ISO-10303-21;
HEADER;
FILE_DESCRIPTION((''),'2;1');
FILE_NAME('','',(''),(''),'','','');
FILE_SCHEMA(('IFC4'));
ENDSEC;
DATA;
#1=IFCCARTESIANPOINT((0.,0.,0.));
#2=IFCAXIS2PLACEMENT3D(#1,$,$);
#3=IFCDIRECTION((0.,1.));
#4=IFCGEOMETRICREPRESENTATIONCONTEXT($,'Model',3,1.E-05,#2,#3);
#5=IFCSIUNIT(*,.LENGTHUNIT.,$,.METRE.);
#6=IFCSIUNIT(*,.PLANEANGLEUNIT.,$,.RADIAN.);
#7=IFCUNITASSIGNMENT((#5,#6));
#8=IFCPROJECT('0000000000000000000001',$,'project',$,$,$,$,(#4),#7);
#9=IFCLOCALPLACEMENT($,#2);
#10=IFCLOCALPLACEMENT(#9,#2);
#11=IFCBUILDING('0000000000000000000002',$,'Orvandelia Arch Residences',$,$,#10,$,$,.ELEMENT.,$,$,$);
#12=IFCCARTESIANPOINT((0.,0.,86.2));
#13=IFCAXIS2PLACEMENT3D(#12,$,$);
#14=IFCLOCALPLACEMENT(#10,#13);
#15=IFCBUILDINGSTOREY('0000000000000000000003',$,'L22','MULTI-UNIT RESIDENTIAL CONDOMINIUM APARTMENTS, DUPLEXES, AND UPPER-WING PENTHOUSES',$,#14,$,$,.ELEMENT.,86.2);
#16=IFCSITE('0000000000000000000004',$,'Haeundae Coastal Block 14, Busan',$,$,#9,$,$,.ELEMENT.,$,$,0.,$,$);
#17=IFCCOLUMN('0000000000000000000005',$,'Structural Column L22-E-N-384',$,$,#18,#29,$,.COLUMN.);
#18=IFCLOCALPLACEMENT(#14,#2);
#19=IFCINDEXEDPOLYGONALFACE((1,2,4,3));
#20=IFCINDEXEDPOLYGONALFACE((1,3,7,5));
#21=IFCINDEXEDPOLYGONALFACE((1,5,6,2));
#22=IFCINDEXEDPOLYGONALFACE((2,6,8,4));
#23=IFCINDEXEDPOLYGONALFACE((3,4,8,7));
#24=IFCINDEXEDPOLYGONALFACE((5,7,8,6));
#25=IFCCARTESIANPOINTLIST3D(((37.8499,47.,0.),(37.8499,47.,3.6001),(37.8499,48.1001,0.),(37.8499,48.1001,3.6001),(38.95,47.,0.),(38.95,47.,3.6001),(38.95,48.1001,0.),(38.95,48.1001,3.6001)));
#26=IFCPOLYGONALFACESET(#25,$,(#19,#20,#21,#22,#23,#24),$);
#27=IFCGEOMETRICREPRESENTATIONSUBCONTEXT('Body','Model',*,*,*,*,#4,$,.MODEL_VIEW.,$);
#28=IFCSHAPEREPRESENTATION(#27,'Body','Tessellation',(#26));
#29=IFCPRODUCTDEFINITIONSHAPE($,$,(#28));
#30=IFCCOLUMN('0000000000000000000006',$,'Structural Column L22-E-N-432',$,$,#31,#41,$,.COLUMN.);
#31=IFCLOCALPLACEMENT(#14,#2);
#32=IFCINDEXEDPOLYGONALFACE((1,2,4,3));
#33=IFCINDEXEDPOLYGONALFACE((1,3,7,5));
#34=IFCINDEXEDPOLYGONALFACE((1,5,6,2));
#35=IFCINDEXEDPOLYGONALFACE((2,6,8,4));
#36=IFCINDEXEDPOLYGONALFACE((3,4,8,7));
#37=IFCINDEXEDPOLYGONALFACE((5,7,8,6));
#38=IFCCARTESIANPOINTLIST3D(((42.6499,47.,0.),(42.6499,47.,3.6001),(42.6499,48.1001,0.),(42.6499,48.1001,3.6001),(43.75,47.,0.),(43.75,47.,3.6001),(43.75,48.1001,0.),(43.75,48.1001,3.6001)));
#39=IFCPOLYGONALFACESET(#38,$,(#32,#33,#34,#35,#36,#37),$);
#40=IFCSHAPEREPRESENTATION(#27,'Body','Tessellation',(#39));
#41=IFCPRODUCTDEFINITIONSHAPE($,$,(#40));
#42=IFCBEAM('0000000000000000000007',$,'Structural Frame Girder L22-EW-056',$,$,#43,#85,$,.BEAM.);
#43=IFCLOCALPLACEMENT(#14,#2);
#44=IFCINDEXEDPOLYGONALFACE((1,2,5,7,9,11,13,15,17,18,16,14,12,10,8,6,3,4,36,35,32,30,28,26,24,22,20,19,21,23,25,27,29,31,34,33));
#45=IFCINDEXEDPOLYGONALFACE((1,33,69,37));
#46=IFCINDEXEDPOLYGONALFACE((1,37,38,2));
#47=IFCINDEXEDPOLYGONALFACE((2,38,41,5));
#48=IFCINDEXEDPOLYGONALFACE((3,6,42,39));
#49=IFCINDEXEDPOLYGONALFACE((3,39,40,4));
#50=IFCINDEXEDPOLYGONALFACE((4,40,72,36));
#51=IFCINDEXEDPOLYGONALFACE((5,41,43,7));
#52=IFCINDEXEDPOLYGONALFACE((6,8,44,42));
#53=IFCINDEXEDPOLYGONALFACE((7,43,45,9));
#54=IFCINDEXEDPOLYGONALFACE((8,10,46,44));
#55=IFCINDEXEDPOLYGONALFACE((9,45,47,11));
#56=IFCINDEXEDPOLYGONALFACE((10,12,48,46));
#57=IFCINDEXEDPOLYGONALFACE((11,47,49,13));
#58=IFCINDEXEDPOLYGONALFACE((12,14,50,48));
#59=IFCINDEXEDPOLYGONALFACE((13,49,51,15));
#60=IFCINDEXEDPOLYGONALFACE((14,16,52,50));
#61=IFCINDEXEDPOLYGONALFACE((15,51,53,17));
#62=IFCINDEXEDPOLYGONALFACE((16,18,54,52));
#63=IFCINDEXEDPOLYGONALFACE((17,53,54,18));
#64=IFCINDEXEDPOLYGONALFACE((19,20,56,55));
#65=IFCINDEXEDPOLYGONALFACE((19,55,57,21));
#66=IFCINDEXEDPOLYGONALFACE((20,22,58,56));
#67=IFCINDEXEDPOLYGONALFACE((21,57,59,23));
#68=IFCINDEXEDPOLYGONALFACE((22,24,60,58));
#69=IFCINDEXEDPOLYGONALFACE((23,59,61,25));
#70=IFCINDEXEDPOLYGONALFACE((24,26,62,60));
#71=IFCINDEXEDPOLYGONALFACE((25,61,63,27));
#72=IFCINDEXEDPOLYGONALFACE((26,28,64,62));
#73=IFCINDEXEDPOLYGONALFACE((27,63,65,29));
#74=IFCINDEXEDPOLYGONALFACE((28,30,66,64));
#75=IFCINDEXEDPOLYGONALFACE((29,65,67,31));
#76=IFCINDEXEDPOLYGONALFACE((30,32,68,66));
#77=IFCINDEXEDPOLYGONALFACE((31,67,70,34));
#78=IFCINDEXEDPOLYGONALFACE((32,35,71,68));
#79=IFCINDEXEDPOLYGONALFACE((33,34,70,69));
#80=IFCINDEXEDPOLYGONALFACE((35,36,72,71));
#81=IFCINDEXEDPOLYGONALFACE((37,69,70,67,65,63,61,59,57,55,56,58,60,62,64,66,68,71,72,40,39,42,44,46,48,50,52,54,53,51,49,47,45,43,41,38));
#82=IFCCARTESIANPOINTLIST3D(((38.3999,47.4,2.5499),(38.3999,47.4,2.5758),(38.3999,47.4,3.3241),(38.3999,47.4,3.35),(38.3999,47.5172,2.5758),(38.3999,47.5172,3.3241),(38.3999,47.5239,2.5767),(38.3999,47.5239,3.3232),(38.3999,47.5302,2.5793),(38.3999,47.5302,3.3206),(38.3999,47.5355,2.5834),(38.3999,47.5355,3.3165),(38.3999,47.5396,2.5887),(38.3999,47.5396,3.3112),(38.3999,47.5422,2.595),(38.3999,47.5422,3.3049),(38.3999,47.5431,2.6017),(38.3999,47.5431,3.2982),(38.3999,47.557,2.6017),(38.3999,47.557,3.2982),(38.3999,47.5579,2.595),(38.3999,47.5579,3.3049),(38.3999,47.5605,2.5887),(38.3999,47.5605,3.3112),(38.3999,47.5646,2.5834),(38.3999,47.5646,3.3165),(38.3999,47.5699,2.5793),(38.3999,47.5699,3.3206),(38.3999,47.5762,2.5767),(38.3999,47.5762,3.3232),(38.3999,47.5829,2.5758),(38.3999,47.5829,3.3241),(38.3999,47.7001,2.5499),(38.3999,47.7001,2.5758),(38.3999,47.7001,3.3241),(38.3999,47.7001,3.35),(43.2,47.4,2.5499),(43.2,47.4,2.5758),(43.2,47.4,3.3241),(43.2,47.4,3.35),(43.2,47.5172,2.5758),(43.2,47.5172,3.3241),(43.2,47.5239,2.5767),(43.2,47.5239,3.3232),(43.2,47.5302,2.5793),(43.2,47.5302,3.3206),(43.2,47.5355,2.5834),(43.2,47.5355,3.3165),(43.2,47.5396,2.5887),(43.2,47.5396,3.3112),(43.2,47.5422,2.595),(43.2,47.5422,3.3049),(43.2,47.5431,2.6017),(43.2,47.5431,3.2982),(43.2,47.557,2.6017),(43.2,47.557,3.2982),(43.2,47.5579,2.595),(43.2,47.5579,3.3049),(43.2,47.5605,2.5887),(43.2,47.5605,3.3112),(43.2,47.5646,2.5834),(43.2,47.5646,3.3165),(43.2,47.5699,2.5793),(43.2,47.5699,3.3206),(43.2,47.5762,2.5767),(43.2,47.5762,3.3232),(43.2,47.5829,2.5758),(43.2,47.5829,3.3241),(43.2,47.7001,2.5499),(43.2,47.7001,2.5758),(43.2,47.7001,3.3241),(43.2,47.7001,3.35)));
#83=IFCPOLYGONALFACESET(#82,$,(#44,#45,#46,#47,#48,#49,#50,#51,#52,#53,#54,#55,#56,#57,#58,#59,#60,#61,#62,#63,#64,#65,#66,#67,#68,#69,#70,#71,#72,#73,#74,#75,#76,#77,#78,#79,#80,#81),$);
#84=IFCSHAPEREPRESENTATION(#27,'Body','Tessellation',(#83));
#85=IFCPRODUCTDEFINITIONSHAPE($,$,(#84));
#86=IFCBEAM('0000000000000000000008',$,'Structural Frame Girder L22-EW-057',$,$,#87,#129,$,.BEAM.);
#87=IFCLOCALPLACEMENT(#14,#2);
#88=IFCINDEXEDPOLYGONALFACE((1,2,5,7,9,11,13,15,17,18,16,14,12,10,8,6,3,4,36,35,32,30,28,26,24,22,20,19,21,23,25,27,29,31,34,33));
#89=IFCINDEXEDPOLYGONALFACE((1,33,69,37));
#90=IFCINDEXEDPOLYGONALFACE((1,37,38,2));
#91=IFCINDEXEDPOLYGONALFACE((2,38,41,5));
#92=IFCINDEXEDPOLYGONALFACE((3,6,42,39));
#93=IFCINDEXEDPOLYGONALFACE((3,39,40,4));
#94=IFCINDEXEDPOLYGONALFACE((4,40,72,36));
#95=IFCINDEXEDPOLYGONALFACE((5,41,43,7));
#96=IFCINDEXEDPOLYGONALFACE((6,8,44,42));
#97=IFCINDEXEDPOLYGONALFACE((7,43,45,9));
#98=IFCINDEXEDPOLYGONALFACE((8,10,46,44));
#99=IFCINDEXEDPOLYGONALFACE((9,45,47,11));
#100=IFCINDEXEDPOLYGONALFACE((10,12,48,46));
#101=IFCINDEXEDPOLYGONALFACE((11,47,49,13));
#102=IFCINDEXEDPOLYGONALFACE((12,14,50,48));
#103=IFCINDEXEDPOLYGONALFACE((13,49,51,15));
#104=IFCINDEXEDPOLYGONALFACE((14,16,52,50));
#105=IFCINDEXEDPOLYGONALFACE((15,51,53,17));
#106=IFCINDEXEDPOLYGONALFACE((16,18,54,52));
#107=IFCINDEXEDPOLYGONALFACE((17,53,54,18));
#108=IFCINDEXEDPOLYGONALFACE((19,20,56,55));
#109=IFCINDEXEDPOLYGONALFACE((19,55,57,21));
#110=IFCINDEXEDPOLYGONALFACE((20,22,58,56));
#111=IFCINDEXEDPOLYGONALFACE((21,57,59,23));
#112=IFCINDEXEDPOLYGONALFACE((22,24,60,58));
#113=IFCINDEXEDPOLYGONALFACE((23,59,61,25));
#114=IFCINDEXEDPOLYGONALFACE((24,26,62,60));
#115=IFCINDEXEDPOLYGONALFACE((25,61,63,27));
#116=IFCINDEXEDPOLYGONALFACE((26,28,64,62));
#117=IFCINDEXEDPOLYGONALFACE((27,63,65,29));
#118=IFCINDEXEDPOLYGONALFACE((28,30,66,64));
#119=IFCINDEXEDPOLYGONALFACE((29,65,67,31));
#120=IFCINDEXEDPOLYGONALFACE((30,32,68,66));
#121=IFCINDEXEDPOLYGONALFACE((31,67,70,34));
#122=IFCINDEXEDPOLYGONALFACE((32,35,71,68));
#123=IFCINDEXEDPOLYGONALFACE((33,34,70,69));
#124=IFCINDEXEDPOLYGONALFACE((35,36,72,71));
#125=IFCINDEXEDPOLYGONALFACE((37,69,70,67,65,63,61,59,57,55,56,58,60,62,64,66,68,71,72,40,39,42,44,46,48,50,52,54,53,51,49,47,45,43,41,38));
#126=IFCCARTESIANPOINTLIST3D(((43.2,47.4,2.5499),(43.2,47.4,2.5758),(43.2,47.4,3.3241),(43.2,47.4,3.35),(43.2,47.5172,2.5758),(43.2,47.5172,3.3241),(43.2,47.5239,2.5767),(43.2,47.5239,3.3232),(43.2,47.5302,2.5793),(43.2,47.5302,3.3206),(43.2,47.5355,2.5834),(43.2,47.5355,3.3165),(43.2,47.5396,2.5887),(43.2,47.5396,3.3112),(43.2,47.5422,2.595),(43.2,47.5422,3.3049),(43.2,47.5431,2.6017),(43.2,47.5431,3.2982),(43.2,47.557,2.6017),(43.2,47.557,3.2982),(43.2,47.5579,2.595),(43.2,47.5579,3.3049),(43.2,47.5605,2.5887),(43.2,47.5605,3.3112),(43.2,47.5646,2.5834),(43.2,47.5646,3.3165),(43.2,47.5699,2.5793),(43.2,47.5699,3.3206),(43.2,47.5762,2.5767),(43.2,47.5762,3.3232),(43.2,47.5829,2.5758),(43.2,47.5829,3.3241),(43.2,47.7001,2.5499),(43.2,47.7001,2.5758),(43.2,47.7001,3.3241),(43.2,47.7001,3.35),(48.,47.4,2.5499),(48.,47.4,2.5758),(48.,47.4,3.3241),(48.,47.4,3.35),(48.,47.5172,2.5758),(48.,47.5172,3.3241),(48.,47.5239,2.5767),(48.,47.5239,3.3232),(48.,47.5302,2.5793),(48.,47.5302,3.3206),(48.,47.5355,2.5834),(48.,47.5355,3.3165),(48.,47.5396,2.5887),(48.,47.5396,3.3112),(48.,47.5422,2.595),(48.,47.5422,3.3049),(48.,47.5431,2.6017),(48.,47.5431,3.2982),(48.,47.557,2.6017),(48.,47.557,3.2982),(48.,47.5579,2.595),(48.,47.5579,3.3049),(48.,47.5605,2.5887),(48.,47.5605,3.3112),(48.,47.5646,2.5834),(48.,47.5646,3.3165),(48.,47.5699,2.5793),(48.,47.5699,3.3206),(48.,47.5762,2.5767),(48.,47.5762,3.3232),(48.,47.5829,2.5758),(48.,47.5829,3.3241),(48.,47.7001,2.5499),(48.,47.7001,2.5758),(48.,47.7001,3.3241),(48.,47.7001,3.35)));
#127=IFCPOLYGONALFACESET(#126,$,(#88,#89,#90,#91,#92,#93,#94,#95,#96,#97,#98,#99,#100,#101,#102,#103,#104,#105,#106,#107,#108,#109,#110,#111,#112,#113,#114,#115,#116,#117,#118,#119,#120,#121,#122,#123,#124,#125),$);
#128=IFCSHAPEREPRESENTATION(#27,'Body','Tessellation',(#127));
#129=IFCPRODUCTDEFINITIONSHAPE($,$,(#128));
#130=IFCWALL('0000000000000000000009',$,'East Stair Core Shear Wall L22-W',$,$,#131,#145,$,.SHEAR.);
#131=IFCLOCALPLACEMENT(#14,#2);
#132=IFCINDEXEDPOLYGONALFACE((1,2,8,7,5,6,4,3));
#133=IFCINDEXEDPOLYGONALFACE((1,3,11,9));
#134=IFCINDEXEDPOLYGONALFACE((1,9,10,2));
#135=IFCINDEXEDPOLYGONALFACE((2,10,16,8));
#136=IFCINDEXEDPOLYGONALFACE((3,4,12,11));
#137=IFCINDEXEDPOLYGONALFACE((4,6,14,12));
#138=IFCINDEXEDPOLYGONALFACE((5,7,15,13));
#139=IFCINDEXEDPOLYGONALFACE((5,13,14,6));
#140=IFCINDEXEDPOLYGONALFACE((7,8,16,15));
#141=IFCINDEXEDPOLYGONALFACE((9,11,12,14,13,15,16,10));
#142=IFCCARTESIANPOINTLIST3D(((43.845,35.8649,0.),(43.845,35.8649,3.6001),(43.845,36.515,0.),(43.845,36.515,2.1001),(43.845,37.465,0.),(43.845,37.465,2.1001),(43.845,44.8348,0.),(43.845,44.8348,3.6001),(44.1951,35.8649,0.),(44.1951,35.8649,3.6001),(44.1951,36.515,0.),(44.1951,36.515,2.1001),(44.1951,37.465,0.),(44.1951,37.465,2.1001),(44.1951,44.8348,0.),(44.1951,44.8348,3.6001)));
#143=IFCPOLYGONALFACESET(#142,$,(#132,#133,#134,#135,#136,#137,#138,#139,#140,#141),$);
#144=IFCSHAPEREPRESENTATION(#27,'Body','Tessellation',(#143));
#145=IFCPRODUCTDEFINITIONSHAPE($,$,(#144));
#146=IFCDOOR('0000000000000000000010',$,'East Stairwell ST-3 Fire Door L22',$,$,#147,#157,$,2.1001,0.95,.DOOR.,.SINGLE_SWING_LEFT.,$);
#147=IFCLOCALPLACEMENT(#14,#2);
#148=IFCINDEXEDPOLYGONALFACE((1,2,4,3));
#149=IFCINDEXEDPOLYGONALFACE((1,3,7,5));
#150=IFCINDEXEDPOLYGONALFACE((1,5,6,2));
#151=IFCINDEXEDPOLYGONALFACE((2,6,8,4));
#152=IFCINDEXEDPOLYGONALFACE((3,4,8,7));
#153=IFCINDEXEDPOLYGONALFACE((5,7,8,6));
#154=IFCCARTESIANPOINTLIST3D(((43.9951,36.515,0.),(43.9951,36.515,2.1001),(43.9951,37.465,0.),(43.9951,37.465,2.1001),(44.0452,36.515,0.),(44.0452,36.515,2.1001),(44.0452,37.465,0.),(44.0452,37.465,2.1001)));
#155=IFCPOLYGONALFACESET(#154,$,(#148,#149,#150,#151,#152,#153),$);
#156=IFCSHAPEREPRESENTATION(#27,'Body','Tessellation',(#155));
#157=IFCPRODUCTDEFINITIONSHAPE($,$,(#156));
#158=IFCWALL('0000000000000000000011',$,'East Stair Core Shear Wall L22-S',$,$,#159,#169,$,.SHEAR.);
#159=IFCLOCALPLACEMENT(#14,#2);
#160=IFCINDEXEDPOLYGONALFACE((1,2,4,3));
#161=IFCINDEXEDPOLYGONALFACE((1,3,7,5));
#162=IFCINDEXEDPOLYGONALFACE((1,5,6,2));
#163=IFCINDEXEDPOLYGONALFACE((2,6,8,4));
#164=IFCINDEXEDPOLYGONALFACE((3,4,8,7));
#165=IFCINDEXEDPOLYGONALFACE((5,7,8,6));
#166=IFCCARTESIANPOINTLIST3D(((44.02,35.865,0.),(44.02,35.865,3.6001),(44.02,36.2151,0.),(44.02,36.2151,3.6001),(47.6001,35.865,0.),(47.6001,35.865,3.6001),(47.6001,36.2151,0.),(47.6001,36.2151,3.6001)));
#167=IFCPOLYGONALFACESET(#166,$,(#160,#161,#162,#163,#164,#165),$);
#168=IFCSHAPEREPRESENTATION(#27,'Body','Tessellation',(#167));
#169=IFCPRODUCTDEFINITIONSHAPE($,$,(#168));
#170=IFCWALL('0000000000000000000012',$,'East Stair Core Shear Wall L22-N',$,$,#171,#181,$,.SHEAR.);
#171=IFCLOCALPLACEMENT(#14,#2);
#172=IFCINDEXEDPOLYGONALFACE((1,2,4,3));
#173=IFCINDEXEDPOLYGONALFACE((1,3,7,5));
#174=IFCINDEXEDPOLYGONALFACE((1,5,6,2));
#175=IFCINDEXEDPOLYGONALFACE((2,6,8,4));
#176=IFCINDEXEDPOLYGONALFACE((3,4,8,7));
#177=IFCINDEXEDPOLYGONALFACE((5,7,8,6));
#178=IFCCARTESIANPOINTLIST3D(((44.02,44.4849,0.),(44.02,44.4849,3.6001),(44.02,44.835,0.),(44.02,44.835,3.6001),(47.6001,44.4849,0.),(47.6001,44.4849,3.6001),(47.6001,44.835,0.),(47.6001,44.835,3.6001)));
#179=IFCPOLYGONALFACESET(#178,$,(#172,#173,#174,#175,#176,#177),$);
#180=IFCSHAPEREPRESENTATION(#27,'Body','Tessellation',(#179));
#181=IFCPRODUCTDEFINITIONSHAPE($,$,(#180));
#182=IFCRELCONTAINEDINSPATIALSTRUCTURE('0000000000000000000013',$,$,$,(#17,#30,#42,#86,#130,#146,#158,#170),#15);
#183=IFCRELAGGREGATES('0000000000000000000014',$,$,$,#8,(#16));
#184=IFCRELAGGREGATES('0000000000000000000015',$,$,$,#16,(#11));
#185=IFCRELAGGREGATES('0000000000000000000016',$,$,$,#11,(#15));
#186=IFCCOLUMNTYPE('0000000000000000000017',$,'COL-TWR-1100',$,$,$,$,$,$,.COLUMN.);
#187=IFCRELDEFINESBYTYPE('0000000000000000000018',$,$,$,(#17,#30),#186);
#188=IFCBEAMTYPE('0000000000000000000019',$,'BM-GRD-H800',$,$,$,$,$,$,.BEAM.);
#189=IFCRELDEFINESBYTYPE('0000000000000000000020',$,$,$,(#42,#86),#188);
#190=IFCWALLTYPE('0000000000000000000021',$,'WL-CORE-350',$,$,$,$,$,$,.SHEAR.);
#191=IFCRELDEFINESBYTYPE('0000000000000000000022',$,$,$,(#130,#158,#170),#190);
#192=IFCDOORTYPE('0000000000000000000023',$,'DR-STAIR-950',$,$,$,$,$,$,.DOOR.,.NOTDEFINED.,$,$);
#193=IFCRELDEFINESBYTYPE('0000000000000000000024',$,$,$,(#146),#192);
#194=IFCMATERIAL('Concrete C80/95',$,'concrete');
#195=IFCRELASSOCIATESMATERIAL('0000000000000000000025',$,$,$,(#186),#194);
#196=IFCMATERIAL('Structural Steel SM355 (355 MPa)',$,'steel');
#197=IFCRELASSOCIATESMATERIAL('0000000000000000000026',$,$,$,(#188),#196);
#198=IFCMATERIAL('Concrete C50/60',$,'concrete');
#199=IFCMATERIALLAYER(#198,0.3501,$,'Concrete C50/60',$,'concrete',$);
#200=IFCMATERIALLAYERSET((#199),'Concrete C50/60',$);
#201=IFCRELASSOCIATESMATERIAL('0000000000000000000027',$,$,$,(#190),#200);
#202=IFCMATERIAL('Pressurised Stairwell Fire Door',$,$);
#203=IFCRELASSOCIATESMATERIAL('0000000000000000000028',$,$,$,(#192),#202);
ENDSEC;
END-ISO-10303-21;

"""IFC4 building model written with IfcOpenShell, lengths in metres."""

from ifc_helpers import new_model, si_unit, direction, frame, frame_2d, origin, origin_2d, place, context, subcontext, project, spatial, rectangle, i_section, extrude, material, layer, layer_set, material_profile, profile_set, type_object, element, fill, save


model = new_model("IFC4")

# Units and contexts
model_context = context("Model", 3, precision=1e-05, world=origin(), true_north=direction((0.0, 1.0)))
body_context = subcontext(model_context, "Body", "Model", "MODEL_VIEW")
ifc_project = project(units=[si_unit("LENGTHUNIT", "METRE"), si_unit("PLANEANGLEUNIT", "RADIAN")], contexts=[model_context])

# Site, building, storey
site_placement = place(None, origin())
site = spatial("IfcSite", under=ifc_project, at=site_placement, Name="Haeundae Coastal Block 14, Busan", CompositionType="ELEMENT", RefElevation=0.0)
building_placement = place(site_placement, origin())
building = spatial("IfcBuilding", under=site, at=building_placement, Name="Orvandelia Arch Residences", CompositionType="ELEMENT")
storey_placement = place(building_placement, frame((0.0, 0.0, 86.2)))
storey = spatial("IfcBuildingStorey", under=building, at=storey_placement, Name="L22", Description="MULTI-UNIT RESIDENTIAL CONDOMINIUM APARTMENTS, DUPLEXES, AND UPPER-WING PENTHOUSES", CompositionType="ELEMENT", Elevation=86.2)

# Columns
ifc_material_1 = material(Name="Concrete C80/95", Category="concrete")
ifc_material_profile_1 = material_profile(ifc_material_1, rectangle(XDim=1.1001, YDim=1.1001, at=origin_2d()), Name="Concrete C80/95", Category="concrete")
ifc_profile_set_1 = profile_set([ifc_material_profile_1], Name="Concrete C80/95")
column_type = type_object("IfcColumnType", Name="COL-TWR-1100", PredefinedType="COLUMN", material=ifc_profile_set_1)
for number, where, z_axis, x_axis, name in (
    (1, (38.3999, 47.55, 0.0), (0.0, 0.0, 1.0), (1.0, 0.0, 0.0), "Structural Column L22-E-N-384"),
    (2, (43.2, 47.55, 0.0), (0.0, 0.0, 1.0), (1.0, 0.0, 0.0), "Structural Column L22-E-N-432"),
):
    element("IfcColumn", number, at=place(storey_placement, frame(where, z_axis=z_axis, x_axis=x_axis)), inside=storey, type_object=column_type, Name=name, PredefinedType="COLUMN", context=body_context, shape_type="SweptSolid", body=[
        extrude(rectangle(XDim=1.1001, YDim=1.1001, at=origin_2d()), origin(), (0.0, 0.0, 1.0), 3.6001),
    ])

# Beams
ifc_material_2 = material(Name="Structural Steel SM355 (355 MPa)", Category="steel")
ifc_material_profile_2 = material_profile(ifc_material_2, i_section(OverallWidth=0.3, OverallDepth=0.8, WebThickness=0.0139, FlangeThickness=0.0259, FilletRadius=0.0259, at=origin_2d()), Name="Structural Steel SM355 (355 MPa)", Category="steel")
ifc_profile_set_2 = profile_set([ifc_material_profile_2], Name="Structural Steel SM355 (355 MPa)")
beam_type = type_object("IfcBeamType", Name="BM-GRD-H800", PredefinedType="BEAM", material=ifc_profile_set_2)
for number, where, z_axis, x_axis, name in (
    (3, (38.3999, 47.55, 2.95), (1.0, 0.0, 0.0), (0.0, 1.0, 0.0), "Structural Frame Girder L22-EW-056"),
    (4, (43.2, 47.55, 2.95), (1.0, 0.0, 0.0), (0.0, 1.0, 0.0), "Structural Frame Girder L22-EW-057"),
):
    element("IfcBeam", number, at=place(storey_placement, frame(where, z_axis=z_axis, x_axis=x_axis)), inside=storey, type_object=beam_type, Name=name, PredefinedType="BEAM", context=body_context, shape_type="SweptSolid", body=[
        extrude(i_section(OverallWidth=0.3, OverallDepth=0.8, WebThickness=0.0139, FlangeThickness=0.0259, FilletRadius=0.0259, at=origin_2d()), origin(), (0.0, 0.0, 1.0), 4.8),
    ])

# Wall, opening, door
ifc_material_3 = material(Name="Concrete C50/60", Category="concrete")
ifc_layer_1 = layer(ifc_material_3, 0.3501, Name="Concrete C50/60", Category="concrete")
ifc_layer_set_1 = layer_set([ifc_layer_1], Name="Concrete C50/60")
wall_type_1 = type_object("IfcWallType", Name="WL-CORE-350", PredefinedType="SHEAR", material=ifc_layer_set_1)
wall_1_placement = place(storey_placement, frame((44.02, 35.865, 0.0), z_axis=(0.0, 0.0, 1.0), x_axis=(0.0, 1.0, 0.0)))
wall_1 = element("IfcWall", 5, at=wall_1_placement, inside=storey, type_object=wall_type_1, Name="East Stair Core Shear Wall L22-W", PredefinedType="SHEAR", context=body_context, shape_type="SweptSolid", body=[
    extrude(rectangle(XDim=8.97, YDim=0.3501, at=frame_2d((4.4849, 0.0))), origin(), (0.0, 0.0, 1.0), 3.6001),
])
opening_1_placement = place(wall_1_placement, frame((0.6499, 0.0, 0.0)))
opening_1 = element("IfcOpeningElement", 6, at=opening_1_placement, cuts=wall_1, PredefinedType="OPENING", context=body_context, shape_type="SweptSolid", body=[
    extrude(rectangle(XDim=0.95, YDim=2.1001, at=frame_2d((0.4751, 1.05))), frame((0.0, 0.1851, 0.0), z_axis=(0.0, -1.0, 0.0), x_axis=(1.0, 0.0, 0.0)), (0.0, 0.0, 1.0), 0.3701),
])
ifc_material_4 = material(Name="Pressurised Stairwell Fire Door")
door_type_1 = type_object("IfcDoorType", Name="DR-STAIR-950", OperationType="NOTDEFINED", PredefinedType="DOOR", material=ifc_material_4)
door_1_placement = place(opening_1_placement, origin())
door_1 = element("IfcDoor", 7, at=door_1_placement, inside=storey, type_object=door_type_1, Name="East Stairwell ST-3 Fire Door L22", OperationType="SINGLE_SWING_LEFT", OverallHeight=2.1001, OverallWidth=0.95, PredefinedType="DOOR", context=body_context, shape_type="SweptSolid", body=[
    extrude(rectangle(XDim=0.95, YDim=2.1001, at=frame_2d((0.4751, 1.05))), frame((0.0, 0.0249, 0.0), z_axis=(0.0, -1.0, 0.0), x_axis=(1.0, 0.0, 0.0)), (0.0, 0.0, 1.0), 0.05),
])
fill(opening_1, door_1)

# Walls
for number, where, z_axis, x_axis, name in (
    (8, (44.02, 36.04, 0.0), (0.0, 0.0, 1.0), (1.0, 0.0, 0.0), "East Stair Core Shear Wall L22-S"),
    (9, (44.02, 44.6599, 0.0), (0.0, 0.0, 1.0), (1.0, 0.0, 0.0), "East Stair Core Shear Wall L22-N"),
):
    element("IfcWall", number, at=place(storey_placement, frame(where, z_axis=z_axis, x_axis=x_axis)), inside=storey, type_object=wall_type_1, Name=name, PredefinedType="SHEAR", context=body_context, shape_type="SweptSolid", body=[
        extrude(rectangle(XDim=3.5801, YDim=0.3501, at=frame_2d((1.79, 0.0))), origin(), (0.0, 0.0, 1.0), 3.6001),
    ])

save(model, "model.ifc")
